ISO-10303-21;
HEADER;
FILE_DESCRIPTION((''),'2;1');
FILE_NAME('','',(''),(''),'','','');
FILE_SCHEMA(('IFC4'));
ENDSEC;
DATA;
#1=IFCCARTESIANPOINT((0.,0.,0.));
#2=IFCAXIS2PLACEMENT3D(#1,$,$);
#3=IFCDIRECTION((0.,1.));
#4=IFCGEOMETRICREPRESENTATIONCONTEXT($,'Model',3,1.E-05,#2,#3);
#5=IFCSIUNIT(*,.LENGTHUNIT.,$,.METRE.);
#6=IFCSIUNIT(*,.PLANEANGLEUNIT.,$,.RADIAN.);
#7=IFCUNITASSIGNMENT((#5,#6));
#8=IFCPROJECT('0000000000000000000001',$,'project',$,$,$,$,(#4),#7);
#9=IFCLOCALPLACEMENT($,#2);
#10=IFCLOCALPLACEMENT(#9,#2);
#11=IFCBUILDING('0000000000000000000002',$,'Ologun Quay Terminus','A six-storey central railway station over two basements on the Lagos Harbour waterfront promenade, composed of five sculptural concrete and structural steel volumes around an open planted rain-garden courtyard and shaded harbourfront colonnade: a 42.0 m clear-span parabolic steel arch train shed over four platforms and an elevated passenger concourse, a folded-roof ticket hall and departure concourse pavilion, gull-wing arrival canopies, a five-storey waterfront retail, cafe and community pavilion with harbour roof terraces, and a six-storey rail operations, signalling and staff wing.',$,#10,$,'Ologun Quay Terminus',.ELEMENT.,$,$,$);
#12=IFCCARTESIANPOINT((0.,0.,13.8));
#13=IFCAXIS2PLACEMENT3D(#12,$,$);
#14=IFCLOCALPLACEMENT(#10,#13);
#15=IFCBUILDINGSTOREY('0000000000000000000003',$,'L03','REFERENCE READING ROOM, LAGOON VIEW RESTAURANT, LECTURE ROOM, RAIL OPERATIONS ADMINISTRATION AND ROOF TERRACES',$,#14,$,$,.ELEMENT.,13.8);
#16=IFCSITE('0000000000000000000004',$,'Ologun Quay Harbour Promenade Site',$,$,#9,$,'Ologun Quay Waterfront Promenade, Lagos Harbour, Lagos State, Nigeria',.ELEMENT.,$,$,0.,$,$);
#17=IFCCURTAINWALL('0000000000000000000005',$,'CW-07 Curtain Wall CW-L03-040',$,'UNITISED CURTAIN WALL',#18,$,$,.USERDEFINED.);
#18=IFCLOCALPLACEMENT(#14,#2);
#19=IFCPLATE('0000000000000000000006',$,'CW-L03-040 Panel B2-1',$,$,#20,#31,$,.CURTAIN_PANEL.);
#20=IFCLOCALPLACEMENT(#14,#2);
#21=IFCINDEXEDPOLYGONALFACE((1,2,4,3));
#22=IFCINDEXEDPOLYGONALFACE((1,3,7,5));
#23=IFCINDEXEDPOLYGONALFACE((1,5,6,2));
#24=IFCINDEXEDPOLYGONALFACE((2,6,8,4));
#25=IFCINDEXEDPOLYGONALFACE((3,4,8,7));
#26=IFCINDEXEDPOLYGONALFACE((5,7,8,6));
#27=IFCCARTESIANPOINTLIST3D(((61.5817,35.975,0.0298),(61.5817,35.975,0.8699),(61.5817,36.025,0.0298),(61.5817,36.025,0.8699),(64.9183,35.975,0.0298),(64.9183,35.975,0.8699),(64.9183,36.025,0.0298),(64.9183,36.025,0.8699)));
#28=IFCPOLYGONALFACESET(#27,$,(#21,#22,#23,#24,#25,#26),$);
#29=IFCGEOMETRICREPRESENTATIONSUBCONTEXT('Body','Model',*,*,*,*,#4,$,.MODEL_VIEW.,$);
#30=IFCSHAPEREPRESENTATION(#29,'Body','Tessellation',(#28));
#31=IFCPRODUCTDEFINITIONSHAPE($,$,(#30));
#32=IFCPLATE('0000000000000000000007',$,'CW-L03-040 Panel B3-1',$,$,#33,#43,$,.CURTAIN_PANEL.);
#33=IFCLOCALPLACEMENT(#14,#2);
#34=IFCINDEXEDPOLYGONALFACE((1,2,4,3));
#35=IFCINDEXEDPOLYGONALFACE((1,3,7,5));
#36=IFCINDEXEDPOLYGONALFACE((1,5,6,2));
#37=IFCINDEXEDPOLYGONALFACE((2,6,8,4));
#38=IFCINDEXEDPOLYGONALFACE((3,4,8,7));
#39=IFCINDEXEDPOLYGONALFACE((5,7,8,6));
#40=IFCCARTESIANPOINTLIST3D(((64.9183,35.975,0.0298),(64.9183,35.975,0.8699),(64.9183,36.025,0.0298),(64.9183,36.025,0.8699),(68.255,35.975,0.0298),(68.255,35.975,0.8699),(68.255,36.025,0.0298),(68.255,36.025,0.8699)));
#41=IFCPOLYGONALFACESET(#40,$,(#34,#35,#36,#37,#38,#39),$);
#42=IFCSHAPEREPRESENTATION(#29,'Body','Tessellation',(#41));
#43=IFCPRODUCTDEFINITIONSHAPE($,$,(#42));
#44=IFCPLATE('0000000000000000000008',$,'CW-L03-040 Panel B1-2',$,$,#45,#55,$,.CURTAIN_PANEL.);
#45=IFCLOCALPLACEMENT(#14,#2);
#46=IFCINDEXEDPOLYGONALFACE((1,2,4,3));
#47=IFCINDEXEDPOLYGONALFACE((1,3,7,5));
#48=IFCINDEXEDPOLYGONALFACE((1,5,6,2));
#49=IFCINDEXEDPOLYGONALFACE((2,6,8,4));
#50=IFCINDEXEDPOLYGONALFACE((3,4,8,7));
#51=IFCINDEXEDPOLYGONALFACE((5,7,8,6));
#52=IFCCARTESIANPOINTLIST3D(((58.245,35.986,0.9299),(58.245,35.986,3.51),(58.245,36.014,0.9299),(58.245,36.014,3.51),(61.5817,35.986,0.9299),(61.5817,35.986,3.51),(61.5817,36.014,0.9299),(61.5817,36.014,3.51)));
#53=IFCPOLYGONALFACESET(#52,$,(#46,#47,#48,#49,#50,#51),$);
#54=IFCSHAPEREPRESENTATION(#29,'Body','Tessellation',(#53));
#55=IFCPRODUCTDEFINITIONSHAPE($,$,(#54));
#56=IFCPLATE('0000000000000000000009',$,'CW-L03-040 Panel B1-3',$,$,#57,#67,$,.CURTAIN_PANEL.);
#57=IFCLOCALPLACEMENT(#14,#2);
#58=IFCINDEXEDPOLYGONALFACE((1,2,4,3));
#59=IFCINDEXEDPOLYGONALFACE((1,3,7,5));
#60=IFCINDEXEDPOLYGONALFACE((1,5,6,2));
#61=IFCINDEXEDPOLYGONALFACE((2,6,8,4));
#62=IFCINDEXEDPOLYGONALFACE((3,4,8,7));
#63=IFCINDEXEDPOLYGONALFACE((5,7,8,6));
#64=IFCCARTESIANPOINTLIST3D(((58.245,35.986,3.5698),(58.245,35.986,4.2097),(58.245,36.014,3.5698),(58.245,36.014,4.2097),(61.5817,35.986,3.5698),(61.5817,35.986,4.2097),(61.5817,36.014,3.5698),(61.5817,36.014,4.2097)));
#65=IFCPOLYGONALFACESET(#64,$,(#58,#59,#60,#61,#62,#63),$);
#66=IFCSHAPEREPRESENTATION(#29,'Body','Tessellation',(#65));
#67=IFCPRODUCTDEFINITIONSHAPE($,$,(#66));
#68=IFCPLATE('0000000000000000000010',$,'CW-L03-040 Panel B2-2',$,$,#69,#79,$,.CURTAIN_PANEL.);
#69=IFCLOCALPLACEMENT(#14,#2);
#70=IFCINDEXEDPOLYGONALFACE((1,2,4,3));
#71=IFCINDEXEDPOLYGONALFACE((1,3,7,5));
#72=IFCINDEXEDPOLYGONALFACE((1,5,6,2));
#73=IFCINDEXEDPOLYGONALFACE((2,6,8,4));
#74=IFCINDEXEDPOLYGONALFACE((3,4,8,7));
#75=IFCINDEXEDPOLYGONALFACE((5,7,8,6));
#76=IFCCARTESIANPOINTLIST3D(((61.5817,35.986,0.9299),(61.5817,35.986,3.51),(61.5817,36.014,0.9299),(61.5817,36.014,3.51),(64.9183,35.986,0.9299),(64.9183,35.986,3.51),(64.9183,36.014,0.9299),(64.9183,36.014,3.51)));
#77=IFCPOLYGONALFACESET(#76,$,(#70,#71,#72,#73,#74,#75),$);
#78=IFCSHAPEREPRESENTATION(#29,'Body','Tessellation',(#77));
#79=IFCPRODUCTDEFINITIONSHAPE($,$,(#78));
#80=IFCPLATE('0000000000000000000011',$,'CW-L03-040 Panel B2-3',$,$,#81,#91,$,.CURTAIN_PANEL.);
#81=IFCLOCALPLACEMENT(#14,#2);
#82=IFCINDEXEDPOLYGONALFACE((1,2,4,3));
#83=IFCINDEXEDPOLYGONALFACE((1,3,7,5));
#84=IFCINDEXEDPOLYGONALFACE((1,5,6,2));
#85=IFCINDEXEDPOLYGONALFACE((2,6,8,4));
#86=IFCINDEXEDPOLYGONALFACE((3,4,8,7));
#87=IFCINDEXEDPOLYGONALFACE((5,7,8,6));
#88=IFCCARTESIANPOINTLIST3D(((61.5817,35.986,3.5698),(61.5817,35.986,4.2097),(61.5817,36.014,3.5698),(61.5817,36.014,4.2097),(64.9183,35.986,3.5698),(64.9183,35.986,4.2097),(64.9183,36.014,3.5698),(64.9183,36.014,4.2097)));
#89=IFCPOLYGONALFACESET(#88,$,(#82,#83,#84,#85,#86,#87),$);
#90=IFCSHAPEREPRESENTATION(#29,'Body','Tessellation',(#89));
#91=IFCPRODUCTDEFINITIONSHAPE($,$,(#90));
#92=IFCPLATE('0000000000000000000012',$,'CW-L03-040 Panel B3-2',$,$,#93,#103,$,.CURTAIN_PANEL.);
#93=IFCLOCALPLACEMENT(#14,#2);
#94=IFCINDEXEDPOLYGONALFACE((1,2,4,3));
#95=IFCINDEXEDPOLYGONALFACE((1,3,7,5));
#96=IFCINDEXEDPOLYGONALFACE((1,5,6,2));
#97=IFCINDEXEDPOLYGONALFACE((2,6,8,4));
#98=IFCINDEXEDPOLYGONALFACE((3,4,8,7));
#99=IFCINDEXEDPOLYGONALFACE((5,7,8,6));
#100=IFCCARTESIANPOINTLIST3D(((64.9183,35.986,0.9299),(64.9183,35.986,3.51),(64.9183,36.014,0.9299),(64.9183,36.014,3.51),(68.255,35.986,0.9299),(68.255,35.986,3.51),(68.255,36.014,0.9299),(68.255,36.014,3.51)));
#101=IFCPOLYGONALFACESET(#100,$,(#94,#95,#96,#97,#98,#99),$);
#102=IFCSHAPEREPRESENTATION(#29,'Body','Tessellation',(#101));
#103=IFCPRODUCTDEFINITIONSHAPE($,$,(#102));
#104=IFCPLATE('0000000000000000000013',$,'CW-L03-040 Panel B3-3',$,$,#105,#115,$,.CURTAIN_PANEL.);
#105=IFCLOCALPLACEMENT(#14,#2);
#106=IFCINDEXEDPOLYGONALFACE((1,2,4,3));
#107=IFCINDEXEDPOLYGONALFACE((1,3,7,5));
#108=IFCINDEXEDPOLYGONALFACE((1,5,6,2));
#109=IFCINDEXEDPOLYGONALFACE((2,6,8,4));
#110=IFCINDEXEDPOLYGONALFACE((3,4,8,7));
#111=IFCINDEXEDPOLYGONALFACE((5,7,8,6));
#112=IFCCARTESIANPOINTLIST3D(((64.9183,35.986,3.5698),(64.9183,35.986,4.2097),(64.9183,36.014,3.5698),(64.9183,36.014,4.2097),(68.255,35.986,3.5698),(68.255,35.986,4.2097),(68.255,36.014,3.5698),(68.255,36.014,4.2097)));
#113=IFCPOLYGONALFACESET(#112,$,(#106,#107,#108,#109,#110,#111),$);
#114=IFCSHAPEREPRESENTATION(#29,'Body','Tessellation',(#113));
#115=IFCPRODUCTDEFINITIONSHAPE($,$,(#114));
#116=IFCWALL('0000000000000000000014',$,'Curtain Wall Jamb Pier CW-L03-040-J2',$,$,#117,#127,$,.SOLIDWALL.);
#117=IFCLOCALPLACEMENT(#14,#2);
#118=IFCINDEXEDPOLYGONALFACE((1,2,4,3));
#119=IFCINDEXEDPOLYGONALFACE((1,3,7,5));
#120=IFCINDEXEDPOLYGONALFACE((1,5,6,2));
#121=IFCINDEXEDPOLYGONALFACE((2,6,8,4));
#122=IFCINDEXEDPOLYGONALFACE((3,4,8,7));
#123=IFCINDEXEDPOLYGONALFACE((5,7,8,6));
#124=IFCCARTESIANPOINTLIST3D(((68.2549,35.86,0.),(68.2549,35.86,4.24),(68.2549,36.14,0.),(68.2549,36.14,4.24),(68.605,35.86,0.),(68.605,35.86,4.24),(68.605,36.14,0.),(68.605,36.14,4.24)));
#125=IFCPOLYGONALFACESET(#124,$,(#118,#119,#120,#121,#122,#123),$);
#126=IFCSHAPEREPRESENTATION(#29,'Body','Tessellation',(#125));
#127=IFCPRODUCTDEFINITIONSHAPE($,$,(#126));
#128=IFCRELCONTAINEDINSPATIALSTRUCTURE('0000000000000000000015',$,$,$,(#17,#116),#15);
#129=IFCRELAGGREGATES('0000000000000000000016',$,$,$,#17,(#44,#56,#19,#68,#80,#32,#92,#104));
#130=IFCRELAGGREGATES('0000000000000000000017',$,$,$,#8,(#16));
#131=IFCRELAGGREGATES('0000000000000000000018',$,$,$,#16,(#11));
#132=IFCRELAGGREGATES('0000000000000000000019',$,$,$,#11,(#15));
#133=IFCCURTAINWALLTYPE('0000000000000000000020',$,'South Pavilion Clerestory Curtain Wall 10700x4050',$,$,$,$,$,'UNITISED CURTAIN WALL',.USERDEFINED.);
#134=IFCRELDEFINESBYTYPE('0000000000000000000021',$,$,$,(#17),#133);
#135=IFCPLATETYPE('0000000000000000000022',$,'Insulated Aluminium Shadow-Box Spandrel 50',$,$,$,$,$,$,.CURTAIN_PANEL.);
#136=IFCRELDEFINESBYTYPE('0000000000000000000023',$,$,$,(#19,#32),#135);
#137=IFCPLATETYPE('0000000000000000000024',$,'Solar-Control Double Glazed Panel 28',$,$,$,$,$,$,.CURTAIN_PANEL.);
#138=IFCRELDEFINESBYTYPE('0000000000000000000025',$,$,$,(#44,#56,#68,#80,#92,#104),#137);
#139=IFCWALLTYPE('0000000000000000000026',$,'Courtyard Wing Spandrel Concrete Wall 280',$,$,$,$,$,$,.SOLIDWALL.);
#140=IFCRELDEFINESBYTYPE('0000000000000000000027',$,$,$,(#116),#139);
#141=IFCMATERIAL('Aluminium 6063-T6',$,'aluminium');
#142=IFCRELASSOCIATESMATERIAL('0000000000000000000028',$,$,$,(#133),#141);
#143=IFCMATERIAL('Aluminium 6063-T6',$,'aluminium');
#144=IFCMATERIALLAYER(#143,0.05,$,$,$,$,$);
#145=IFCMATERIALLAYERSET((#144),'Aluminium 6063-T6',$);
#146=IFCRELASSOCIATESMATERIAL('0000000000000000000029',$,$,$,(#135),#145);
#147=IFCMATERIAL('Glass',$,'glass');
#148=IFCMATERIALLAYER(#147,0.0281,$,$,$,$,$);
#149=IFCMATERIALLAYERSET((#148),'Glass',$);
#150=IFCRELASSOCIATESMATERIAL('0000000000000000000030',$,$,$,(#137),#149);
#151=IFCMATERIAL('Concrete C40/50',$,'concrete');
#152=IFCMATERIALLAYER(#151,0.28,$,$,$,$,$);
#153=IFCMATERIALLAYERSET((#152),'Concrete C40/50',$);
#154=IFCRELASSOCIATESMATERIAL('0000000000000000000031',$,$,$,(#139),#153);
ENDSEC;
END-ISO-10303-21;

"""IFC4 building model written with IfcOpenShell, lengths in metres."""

from ifc_helpers import new_model, si_unit, direction, frame, frame_2d, origin, origin_2d, place, context, subcontext, project, spatial, rectangle, extrude, material, layer, layer_set, type_object, element, aggregate, save


model = new_model("IFC4")

# Units and contexts
model_context = context("Model", 3, precision=1e-05, world=origin(), true_north=direction((0.0, 1.0)))
body_context = subcontext(model_context, "Body", "Model", "MODEL_VIEW")
ifc_project = project(units=[si_unit("LENGTHUNIT", "METRE"), si_unit("PLANEANGLEUNIT", "RADIAN")], contexts=[model_context])

# Site, building, storey
site_placement = place(None, origin())
site = spatial("IfcSite", under=ifc_project, at=site_placement, Name="Ologun Quay Harbour Promenade Site", LongName="Ologun Quay Waterfront Promenade, Lagos Harbour, Lagos State, Nigeria", CompositionType="ELEMENT", RefElevation=0.0)
building_placement = place(site_placement, origin())
building = spatial("IfcBuilding", under=site, at=building_placement, Name="Ologun Quay Terminus", Description="A six-storey central railway station over two basements on the Lagos Harbour waterfront promenade, composed of five sculptural concrete and structural steel volumes around an open planted rain-garden courtyard and shaded harbourfront colonnade: a 42.0 m clear-span parabolic steel arch train shed over four platforms and an elevated passenger concourse, a folded-roof ticket hall and departure concourse pavilion, gull-wing arrival canopies, a five-storey waterfront retail, cafe and community pavilion with harbour roof terraces, and a six-storey rail operations, signalling and staff wing.", LongName="Ologun Quay Terminus", CompositionType="ELEMENT")
storey_placement = place(building_placement, frame((0.0, 0.0, 13.8)))
storey = spatial("IfcBuildingStorey", under=building, at=storey_placement, Name="L03", Description="REFERENCE READING ROOM, LAGOON VIEW RESTAURANT, LECTURE ROOM, RAIL OPERATIONS ADMINISTRATION AND ROOF TERRACES", CompositionType="ELEMENT", Elevation=13.8)

# Curtain wall
ifc_material_1 = material(Name="Aluminium 6063-T6", Category="aluminium")
curtain_wall_type = type_object("IfcCurtainWallType", Name="South Pavilion Clerestory Curtain Wall 10700x4050", ElementType="UNITISED CURTAIN WALL", PredefinedType="USERDEFINED", material=ifc_material_1)
curtain_wall_placement = place(storey_placement, origin())
curtain_wall = element("IfcCurtainWall", 1, at=curtain_wall_placement, inside=storey, type_object=curtain_wall_type, Name="CW-07 Curtain Wall CW-L03-040", ObjectType="UNITISED CURTAIN WALL", PredefinedType="USERDEFINED")

# Plates
ifc_material_2 = material(Name="Aluminium 6063-T6", Category="aluminium")
ifc_layer_1 = layer(ifc_material_2, 0.05)
ifc_layer_set_1 = layer_set([ifc_layer_1], Name="Aluminium 6063-T6")
plate_type_1 = type_object("IfcPlateType", Name="Insulated Aluminium Shadow-Box Spandrel 50", PredefinedType="CURTAIN_PANEL", material=ifc_layer_set_1)
plate_1_placement = place(storey_placement, frame((63.25, 36.0, 0.0298), z_axis=(0.0, 0.0, 1.0), x_axis=(1.0, 0.0, 0.0)))
plate_1 = element("IfcPlate", 2, at=plate_1_placement, type_object=plate_type_1, Name="CW-L03-040 Panel B2-1", PredefinedType="CURTAIN_PANEL", context=body_context, shape_type="SweptSolid", body=[
    extrude(rectangle(XDim=3.3367, YDim=0.05, at=origin_2d()), origin(), (0.0, 0.0, 1.0), 0.8401),
])
plate_2_placement = place(storey_placement, frame((66.5867, 36.0, 0.0298), z_axis=(0.0, 0.0, 1.0), x_axis=(1.0, 0.0, 0.0)))
plate_2 = element("IfcPlate", 3, at=plate_2_placement, type_object=plate_type_1, Name="CW-L03-040 Panel B3-1", PredefinedType="CURTAIN_PANEL", context=body_context, shape_type="SweptSolid", body=[
    extrude(rectangle(XDim=3.3367, YDim=0.05, at=origin_2d()), origin(), (0.0, 0.0, 1.0), 0.8401),
])
ifc_material_3 = material(Name="Glass", Category="glass")
ifc_layer_2 = layer(ifc_material_3, 0.0281)
ifc_layer_set_2 = layer_set([ifc_layer_2], Name="Glass")
plate_type_2 = type_object("IfcPlateType", Name="Solar-Control Double Glazed Panel 28", PredefinedType="CURTAIN_PANEL", material=ifc_layer_set_2)
plate_3_placement = place(storey_placement, frame((59.9133, 36.0, 0.9299), z_axis=(0.0, 0.0, 1.0), x_axis=(1.0, 0.0, 0.0)))
plate_3 = element("IfcPlate", 4, at=plate_3_placement, type_object=plate_type_2, Name="CW-L03-040 Panel B1-2", PredefinedType="CURTAIN_PANEL", context=body_context, shape_type="SweptSolid", body=[
    extrude(rectangle(XDim=3.3367, YDim=0.0281, at=origin_2d()), origin(), (0.0, 0.0, 1.0), 2.5801),
])
plate_4_placement = place(storey_placement, frame((59.9133, 36.0, 3.5698), z_axis=(0.0, 0.0, 1.0), x_axis=(1.0, 0.0, 0.0)))
plate_4 = element("IfcPlate", 5, at=plate_4_placement, type_object=plate_type_2, Name="CW-L03-040 Panel B1-3", PredefinedType="CURTAIN_PANEL", context=body_context, shape_type="SweptSolid", body=[
    extrude(rectangle(XDim=3.3367, YDim=0.0281, at=origin_2d()), origin(), (0.0, 0.0, 1.0), 0.6399),
])
plate_5_placement = place(storey_placement, frame((63.25, 36.0, 0.9299), z_axis=(0.0, 0.0, 1.0), x_axis=(1.0, 0.0, 0.0)))
plate_5 = element("IfcPlate", 6, at=plate_5_placement, type_object=plate_type_2, Name="CW-L03-040 Panel B2-2", PredefinedType="CURTAIN_PANEL", context=body_context, shape_type="SweptSolid", body=[
    extrude(rectangle(XDim=3.3367, YDim=0.0281, at=origin_2d()), origin(), (0.0, 0.0, 1.0), 2.5801),
])
plate_6_placement = place(storey_placement, frame((63.25, 36.0, 3.5698), z_axis=(0.0, 0.0, 1.0), x_axis=(1.0, 0.0, 0.0)))
plate_6 = element("IfcPlate", 7, at=plate_6_placement, type_object=plate_type_2, Name="CW-L03-040 Panel B2-3", PredefinedType="CURTAIN_PANEL", context=body_context, shape_type="SweptSolid", body=[
    extrude(rectangle(XDim=3.3367, YDim=0.0281, at=origin_2d()), origin(), (0.0, 0.0, 1.0), 0.6399),
])
plate_7_placement = place(storey_placement, frame((66.5867, 36.0, 0.9299), z_axis=(0.0, 0.0, 1.0), x_axis=(1.0, 0.0, 0.0)))
plate_7 = element("IfcPlate", 8, at=plate_7_placement, type_object=plate_type_2, Name="CW-L03-040 Panel B3-2", PredefinedType="CURTAIN_PANEL", context=body_context, shape_type="SweptSolid", body=[
    extrude(rectangle(XDim=3.3367, YDim=0.0281, at=origin_2d()), origin(), (0.0, 0.0, 1.0), 2.5801),
])
plate_8_placement = place(storey_placement, frame((66.5867, 36.0, 3.5698), z_axis=(0.0, 0.0, 1.0), x_axis=(1.0, 0.0, 0.0)))
plate_8 = element("IfcPlate", 9, at=plate_8_placement, type_object=plate_type_2, Name="CW-L03-040 Panel B3-3", PredefinedType="CURTAIN_PANEL", context=body_context, shape_type="SweptSolid", body=[
    extrude(rectangle(XDim=3.3367, YDim=0.0281, at=origin_2d()), origin(), (0.0, 0.0, 1.0), 0.6399),
])
aggregate(curtain_wall, [plate_3, plate_4, plate_1, plate_5, plate_6, plate_2, plate_7, plate_8])

# Wall
ifc_material_4 = material(Name="Concrete C40/50", Category="concrete")
ifc_layer_3 = layer(ifc_material_4, 0.28)
ifc_layer_set_3 = layer_set([ifc_layer_3], Name="Concrete C40/50")
wall_type = type_object("IfcWallType", Name="Courtyard Wing Spandrel Concrete Wall 280", PredefinedType="SOLIDWALL", material=ifc_layer_set_3)
wall_placement = place(storey_placement, frame((68.2549, 36.0, 0.0), z_axis=(0.0, 0.0, 1.0), x_axis=(1.0, 0.0, 0.0)))
element("IfcWall", 10, at=wall_placement, inside=storey, type_object=wall_type, Name="Curtain Wall Jamb Pier CW-L03-040-J2", PredefinedType="SOLIDWALL", context=body_context, shape_type="SweptSolid", body=[
    extrude(rectangle(XDim=0.3501, YDim=0.28, at=frame_2d((0.175, 0.0))), origin(), (0.0, 0.0, 1.0), 4.24),
])

save(model, "model.ifc")
